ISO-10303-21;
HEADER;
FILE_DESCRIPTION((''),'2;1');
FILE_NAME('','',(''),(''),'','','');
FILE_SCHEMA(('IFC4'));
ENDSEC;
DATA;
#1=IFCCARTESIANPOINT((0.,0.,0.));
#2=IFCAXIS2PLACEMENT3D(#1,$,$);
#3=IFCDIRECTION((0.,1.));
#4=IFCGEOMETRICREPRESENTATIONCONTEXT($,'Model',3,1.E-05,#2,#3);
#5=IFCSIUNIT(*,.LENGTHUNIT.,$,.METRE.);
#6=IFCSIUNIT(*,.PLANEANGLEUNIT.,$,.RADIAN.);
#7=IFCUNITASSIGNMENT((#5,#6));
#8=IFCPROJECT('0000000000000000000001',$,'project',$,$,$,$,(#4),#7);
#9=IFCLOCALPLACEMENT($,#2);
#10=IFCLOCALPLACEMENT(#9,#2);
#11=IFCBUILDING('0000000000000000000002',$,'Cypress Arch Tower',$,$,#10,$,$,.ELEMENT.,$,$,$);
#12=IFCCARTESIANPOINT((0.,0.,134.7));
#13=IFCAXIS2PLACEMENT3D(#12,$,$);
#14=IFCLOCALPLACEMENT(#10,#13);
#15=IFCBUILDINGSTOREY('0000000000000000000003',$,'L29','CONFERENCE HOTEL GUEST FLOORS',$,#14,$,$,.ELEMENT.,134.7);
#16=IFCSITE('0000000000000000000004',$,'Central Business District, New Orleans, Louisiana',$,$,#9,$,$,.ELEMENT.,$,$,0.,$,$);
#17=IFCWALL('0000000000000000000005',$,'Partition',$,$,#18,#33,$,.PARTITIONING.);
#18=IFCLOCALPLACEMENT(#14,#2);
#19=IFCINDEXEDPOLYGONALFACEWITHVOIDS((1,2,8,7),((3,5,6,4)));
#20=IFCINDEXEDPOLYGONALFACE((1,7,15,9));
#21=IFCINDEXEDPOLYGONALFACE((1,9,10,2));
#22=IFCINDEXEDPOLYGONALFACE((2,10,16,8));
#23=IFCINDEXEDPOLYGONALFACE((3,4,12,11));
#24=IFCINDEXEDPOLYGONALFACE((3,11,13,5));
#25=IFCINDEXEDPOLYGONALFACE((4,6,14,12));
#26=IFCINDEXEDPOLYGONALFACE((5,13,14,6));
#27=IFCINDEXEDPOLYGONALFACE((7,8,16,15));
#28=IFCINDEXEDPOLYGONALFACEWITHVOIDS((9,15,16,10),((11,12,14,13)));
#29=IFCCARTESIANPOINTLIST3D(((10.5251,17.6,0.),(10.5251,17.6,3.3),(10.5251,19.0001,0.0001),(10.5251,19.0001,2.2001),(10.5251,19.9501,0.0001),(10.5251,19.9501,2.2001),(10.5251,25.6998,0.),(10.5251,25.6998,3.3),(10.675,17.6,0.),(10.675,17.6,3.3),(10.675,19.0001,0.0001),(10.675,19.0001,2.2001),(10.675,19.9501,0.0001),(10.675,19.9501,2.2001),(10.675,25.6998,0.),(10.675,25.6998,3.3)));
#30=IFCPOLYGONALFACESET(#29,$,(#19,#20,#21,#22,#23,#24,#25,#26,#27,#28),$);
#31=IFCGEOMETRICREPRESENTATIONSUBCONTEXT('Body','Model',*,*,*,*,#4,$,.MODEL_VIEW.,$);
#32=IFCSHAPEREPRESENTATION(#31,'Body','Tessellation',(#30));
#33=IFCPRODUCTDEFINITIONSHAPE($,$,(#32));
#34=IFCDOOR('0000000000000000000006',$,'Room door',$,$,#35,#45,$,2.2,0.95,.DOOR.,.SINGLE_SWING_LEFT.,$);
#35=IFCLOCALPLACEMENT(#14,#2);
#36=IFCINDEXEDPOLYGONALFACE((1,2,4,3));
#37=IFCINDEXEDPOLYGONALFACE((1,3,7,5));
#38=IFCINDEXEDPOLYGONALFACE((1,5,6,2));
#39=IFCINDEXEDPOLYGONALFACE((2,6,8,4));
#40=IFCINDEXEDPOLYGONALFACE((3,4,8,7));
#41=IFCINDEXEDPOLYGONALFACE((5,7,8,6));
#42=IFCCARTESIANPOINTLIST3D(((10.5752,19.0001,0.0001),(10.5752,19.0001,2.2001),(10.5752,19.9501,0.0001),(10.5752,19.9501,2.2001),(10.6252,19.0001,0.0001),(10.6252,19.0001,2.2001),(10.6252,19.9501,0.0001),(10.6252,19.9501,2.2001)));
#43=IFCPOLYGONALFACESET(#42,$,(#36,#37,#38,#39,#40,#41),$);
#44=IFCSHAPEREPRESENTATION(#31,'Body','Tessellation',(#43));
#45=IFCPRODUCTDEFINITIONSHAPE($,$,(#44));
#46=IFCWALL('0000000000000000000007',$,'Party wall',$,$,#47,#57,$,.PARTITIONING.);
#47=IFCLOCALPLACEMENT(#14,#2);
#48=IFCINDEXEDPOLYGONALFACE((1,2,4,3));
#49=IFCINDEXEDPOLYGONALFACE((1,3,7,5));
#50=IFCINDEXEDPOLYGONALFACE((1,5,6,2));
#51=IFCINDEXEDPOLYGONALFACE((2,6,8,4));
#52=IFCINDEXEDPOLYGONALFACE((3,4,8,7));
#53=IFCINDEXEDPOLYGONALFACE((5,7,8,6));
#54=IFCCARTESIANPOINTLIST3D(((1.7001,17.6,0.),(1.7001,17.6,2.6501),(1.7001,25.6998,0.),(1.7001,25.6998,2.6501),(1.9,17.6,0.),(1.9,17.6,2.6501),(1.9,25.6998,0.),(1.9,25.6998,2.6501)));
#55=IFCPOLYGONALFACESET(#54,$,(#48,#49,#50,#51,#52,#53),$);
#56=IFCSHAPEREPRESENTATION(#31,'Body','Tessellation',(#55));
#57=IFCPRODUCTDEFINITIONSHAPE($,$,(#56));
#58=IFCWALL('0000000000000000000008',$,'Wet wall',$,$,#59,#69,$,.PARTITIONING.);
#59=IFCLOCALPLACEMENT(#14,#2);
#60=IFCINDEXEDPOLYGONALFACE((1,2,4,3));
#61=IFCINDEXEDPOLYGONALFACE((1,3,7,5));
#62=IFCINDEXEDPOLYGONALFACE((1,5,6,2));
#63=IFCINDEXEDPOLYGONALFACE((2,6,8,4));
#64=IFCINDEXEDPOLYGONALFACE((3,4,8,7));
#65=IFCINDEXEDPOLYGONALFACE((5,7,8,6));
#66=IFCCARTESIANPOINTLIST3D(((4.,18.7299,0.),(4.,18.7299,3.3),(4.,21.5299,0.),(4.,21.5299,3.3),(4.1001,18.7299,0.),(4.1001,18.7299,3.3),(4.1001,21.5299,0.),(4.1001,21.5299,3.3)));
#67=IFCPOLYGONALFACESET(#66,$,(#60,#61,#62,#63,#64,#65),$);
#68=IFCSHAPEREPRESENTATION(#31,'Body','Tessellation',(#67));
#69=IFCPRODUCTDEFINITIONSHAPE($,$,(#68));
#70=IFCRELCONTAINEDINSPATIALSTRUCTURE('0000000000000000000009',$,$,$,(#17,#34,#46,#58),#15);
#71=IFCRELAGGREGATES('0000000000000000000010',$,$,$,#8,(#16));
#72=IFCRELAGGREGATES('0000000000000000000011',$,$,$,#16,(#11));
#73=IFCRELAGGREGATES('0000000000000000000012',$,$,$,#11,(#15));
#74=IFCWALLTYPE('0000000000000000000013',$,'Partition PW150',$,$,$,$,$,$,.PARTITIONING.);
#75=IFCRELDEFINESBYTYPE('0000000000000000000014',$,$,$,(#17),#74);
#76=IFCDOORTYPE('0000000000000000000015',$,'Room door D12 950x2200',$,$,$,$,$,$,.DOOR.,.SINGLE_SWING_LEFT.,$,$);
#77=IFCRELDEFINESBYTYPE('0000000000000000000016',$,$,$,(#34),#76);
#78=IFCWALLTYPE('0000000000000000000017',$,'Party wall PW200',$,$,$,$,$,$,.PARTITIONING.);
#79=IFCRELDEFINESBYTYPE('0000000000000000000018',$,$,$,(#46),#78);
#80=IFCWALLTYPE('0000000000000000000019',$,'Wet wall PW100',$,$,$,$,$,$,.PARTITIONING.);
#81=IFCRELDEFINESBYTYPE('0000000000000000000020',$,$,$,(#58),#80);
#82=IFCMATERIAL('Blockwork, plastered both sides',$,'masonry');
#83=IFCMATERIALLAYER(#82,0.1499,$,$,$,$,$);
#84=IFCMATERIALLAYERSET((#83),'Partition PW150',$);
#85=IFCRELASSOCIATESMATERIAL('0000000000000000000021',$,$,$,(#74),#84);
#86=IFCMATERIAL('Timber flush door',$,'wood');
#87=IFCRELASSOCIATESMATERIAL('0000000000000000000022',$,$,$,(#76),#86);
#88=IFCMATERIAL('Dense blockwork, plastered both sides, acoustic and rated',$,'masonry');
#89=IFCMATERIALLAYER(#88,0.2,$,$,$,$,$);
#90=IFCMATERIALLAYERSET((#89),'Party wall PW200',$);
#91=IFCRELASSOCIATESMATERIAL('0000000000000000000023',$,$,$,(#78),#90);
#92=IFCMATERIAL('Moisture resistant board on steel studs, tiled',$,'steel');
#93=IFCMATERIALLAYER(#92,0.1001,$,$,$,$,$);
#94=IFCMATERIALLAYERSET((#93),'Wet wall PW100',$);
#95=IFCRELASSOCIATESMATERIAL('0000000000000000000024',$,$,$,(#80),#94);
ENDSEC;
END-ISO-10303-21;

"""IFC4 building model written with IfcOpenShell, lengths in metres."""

from ifc_helpers import new_model, si_unit, direction, frame, frame_2d, origin, place, context, subcontext, project, spatial, rectangle, extrude, material, layer, layer_set, type_object, element, fill, save


model = new_model("IFC4")

# Units and contexts
model_context = context("Model", 3, precision=1e-05, world=origin(), true_north=direction((0.0, 1.0)))
body_context = subcontext(model_context, "Body", "Model", "MODEL_VIEW")
ifc_project = project(units=[si_unit("LENGTHUNIT", "METRE"), si_unit("PLANEANGLEUNIT", "RADIAN")], contexts=[model_context])

# Site, building, storey
site_placement = place(None, origin())
site = spatial("IfcSite", under=ifc_project, at=site_placement, Name="Central Business District, New Orleans, Louisiana", CompositionType="ELEMENT", RefElevation=0.0)
building_placement = place(site_placement, origin())
building = spatial("IfcBuilding", under=site, at=building_placement, Name="Cypress Arch Tower", CompositionType="ELEMENT")
storey_placement = place(building_placement, frame((0.0, 0.0, 134.7)))
storey = spatial("IfcBuildingStorey", under=building, at=storey_placement, Name="L29", Description="CONFERENCE HOTEL GUEST FLOORS", CompositionType="ELEMENT", Elevation=134.7)

# Shared definitions
ifc_material_1 = material(Name="Blockwork, plastered both sides", Category="masonry")
ifc_layer_1 = layer(ifc_material_1, 0.1499)
ifc_layer_set_1 = layer_set([ifc_layer_1], Name="Partition PW150")
wall_type_1 = type_object("IfcWallType", Name="Partition PW150", PredefinedType="PARTITIONING", material=ifc_layer_set_1)

# Wall, opening, door
wall_1_placement = place(storey_placement, frame((10.6001, 17.6001, 0.0), z_axis=(0.0, 0.0, 1.0), x_axis=(0.0, 1.0, 0.0)))
wall_1 = element("IfcWall", 1, at=wall_1_placement, inside=storey, type_object=wall_type_1, Name="Partition", PredefinedType="PARTITIONING", context=body_context, shape_type="SweptSolid", body=[
    extrude(rectangle(XDim=8.0999, YDim=0.1499, at=frame_2d((4.0498, 0.0))), origin(), (0.0, 0.0, 1.0), 3.3),
])
opening_1_placement = place(wall_1_placement, frame((1.3999, 0.0, 0.0)))
opening_1 = element("IfcOpeningElement", 2, at=opening_1_placement, cuts=wall_1, PredefinedType="OPENING", context=body_context, shape_type="SweptSolid", body=[
    extrude(rectangle(XDim=0.95, YDim=2.2, at=frame_2d((0.4751, 1.1001))), frame((0.0, 0.085, 0.0), z_axis=(0.0, -1.0, 0.0), x_axis=(1.0, 0.0, 0.0)), (0.0, 0.0, 1.0), 0.1699),
])
ifc_material_2 = material(Name="Timber flush door", Category="wood")
door_type_1 = type_object("IfcDoorType", Name="Room door D12 950x2200", OperationType="SINGLE_SWING_LEFT", PredefinedType="DOOR", material=ifc_material_2)
door_1_placement = place(opening_1_placement, origin())
door_1 = element("IfcDoor", 3, at=door_1_placement, inside=storey, type_object=door_type_1, Name="Room door", OperationType="SINGLE_SWING_LEFT", OverallHeight=2.2, OverallWidth=0.95, PredefinedType="DOOR", context=body_context, shape_type="SweptSolid", body=[
    extrude(rectangle(XDim=0.95, YDim=2.2, at=frame_2d((0.4751, 1.1001))), frame((0.0, 0.0249, 0.0), z_axis=(0.0, -1.0, 0.0), x_axis=(1.0, 0.0, 0.0)), (0.0, 0.0, 1.0), 0.05),
])
fill(opening_1, door_1)

# Walls
ifc_material_3 = material(Name="Dense blockwork, plastered both sides, acoustic and rated", Category="masonry")
ifc_layer_2 = layer(ifc_material_3, 0.2)
ifc_layer_set_2 = layer_set([ifc_layer_2], Name="Party wall PW200")
wall_type_2 = type_object("IfcWallType", Name="Party wall PW200", PredefinedType="PARTITIONING", material=ifc_layer_set_2)
wall_2_placement = place(storey_placement, frame((1.8, 17.6001, 0.0), z_axis=(0.0, 0.0, 1.0), x_axis=(0.0, 1.0, 0.0)))
element("IfcWall", 4, at=wall_2_placement, inside=storey, type_object=wall_type_2, Name="Party wall", PredefinedType="PARTITIONING", context=body_context, shape_type="SweptSolid", body=[
    extrude(rectangle(XDim=8.0999, YDim=0.2, at=frame_2d((4.0498, 0.0))), origin(), (0.0, 0.0, 1.0), 2.6501),
])
ifc_material_4 = material(Name="Moisture resistant board on steel studs, tiled", Category="steel")
ifc_layer_3 = layer(ifc_material_4, 0.1001)
ifc_layer_set_3 = layer_set([ifc_layer_3], Name="Wet wall PW100")
wall_type_3 = type_object("IfcWallType", Name="Wet wall PW100", PredefinedType="PARTITIONING", material=ifc_layer_set_3)
wall_3_placement = place(storey_placement, frame((4.05, 18.73, 0.0), z_axis=(0.0, 0.0, 1.0), x_axis=(0.0, 1.0, 0.0)))
element("IfcWall", 5, at=wall_3_placement, inside=storey, type_object=wall_type_3, Name="Wet wall", PredefinedType="PARTITIONING", context=body_context, shape_type="SweptSolid", body=[
    extrude(rectangle(XDim=2.8, YDim=0.1001, at=frame_2d((1.3999, 0.0))), origin(), (0.0, 0.0, 1.0), 3.3),
])

save(model, "model.ifc")
